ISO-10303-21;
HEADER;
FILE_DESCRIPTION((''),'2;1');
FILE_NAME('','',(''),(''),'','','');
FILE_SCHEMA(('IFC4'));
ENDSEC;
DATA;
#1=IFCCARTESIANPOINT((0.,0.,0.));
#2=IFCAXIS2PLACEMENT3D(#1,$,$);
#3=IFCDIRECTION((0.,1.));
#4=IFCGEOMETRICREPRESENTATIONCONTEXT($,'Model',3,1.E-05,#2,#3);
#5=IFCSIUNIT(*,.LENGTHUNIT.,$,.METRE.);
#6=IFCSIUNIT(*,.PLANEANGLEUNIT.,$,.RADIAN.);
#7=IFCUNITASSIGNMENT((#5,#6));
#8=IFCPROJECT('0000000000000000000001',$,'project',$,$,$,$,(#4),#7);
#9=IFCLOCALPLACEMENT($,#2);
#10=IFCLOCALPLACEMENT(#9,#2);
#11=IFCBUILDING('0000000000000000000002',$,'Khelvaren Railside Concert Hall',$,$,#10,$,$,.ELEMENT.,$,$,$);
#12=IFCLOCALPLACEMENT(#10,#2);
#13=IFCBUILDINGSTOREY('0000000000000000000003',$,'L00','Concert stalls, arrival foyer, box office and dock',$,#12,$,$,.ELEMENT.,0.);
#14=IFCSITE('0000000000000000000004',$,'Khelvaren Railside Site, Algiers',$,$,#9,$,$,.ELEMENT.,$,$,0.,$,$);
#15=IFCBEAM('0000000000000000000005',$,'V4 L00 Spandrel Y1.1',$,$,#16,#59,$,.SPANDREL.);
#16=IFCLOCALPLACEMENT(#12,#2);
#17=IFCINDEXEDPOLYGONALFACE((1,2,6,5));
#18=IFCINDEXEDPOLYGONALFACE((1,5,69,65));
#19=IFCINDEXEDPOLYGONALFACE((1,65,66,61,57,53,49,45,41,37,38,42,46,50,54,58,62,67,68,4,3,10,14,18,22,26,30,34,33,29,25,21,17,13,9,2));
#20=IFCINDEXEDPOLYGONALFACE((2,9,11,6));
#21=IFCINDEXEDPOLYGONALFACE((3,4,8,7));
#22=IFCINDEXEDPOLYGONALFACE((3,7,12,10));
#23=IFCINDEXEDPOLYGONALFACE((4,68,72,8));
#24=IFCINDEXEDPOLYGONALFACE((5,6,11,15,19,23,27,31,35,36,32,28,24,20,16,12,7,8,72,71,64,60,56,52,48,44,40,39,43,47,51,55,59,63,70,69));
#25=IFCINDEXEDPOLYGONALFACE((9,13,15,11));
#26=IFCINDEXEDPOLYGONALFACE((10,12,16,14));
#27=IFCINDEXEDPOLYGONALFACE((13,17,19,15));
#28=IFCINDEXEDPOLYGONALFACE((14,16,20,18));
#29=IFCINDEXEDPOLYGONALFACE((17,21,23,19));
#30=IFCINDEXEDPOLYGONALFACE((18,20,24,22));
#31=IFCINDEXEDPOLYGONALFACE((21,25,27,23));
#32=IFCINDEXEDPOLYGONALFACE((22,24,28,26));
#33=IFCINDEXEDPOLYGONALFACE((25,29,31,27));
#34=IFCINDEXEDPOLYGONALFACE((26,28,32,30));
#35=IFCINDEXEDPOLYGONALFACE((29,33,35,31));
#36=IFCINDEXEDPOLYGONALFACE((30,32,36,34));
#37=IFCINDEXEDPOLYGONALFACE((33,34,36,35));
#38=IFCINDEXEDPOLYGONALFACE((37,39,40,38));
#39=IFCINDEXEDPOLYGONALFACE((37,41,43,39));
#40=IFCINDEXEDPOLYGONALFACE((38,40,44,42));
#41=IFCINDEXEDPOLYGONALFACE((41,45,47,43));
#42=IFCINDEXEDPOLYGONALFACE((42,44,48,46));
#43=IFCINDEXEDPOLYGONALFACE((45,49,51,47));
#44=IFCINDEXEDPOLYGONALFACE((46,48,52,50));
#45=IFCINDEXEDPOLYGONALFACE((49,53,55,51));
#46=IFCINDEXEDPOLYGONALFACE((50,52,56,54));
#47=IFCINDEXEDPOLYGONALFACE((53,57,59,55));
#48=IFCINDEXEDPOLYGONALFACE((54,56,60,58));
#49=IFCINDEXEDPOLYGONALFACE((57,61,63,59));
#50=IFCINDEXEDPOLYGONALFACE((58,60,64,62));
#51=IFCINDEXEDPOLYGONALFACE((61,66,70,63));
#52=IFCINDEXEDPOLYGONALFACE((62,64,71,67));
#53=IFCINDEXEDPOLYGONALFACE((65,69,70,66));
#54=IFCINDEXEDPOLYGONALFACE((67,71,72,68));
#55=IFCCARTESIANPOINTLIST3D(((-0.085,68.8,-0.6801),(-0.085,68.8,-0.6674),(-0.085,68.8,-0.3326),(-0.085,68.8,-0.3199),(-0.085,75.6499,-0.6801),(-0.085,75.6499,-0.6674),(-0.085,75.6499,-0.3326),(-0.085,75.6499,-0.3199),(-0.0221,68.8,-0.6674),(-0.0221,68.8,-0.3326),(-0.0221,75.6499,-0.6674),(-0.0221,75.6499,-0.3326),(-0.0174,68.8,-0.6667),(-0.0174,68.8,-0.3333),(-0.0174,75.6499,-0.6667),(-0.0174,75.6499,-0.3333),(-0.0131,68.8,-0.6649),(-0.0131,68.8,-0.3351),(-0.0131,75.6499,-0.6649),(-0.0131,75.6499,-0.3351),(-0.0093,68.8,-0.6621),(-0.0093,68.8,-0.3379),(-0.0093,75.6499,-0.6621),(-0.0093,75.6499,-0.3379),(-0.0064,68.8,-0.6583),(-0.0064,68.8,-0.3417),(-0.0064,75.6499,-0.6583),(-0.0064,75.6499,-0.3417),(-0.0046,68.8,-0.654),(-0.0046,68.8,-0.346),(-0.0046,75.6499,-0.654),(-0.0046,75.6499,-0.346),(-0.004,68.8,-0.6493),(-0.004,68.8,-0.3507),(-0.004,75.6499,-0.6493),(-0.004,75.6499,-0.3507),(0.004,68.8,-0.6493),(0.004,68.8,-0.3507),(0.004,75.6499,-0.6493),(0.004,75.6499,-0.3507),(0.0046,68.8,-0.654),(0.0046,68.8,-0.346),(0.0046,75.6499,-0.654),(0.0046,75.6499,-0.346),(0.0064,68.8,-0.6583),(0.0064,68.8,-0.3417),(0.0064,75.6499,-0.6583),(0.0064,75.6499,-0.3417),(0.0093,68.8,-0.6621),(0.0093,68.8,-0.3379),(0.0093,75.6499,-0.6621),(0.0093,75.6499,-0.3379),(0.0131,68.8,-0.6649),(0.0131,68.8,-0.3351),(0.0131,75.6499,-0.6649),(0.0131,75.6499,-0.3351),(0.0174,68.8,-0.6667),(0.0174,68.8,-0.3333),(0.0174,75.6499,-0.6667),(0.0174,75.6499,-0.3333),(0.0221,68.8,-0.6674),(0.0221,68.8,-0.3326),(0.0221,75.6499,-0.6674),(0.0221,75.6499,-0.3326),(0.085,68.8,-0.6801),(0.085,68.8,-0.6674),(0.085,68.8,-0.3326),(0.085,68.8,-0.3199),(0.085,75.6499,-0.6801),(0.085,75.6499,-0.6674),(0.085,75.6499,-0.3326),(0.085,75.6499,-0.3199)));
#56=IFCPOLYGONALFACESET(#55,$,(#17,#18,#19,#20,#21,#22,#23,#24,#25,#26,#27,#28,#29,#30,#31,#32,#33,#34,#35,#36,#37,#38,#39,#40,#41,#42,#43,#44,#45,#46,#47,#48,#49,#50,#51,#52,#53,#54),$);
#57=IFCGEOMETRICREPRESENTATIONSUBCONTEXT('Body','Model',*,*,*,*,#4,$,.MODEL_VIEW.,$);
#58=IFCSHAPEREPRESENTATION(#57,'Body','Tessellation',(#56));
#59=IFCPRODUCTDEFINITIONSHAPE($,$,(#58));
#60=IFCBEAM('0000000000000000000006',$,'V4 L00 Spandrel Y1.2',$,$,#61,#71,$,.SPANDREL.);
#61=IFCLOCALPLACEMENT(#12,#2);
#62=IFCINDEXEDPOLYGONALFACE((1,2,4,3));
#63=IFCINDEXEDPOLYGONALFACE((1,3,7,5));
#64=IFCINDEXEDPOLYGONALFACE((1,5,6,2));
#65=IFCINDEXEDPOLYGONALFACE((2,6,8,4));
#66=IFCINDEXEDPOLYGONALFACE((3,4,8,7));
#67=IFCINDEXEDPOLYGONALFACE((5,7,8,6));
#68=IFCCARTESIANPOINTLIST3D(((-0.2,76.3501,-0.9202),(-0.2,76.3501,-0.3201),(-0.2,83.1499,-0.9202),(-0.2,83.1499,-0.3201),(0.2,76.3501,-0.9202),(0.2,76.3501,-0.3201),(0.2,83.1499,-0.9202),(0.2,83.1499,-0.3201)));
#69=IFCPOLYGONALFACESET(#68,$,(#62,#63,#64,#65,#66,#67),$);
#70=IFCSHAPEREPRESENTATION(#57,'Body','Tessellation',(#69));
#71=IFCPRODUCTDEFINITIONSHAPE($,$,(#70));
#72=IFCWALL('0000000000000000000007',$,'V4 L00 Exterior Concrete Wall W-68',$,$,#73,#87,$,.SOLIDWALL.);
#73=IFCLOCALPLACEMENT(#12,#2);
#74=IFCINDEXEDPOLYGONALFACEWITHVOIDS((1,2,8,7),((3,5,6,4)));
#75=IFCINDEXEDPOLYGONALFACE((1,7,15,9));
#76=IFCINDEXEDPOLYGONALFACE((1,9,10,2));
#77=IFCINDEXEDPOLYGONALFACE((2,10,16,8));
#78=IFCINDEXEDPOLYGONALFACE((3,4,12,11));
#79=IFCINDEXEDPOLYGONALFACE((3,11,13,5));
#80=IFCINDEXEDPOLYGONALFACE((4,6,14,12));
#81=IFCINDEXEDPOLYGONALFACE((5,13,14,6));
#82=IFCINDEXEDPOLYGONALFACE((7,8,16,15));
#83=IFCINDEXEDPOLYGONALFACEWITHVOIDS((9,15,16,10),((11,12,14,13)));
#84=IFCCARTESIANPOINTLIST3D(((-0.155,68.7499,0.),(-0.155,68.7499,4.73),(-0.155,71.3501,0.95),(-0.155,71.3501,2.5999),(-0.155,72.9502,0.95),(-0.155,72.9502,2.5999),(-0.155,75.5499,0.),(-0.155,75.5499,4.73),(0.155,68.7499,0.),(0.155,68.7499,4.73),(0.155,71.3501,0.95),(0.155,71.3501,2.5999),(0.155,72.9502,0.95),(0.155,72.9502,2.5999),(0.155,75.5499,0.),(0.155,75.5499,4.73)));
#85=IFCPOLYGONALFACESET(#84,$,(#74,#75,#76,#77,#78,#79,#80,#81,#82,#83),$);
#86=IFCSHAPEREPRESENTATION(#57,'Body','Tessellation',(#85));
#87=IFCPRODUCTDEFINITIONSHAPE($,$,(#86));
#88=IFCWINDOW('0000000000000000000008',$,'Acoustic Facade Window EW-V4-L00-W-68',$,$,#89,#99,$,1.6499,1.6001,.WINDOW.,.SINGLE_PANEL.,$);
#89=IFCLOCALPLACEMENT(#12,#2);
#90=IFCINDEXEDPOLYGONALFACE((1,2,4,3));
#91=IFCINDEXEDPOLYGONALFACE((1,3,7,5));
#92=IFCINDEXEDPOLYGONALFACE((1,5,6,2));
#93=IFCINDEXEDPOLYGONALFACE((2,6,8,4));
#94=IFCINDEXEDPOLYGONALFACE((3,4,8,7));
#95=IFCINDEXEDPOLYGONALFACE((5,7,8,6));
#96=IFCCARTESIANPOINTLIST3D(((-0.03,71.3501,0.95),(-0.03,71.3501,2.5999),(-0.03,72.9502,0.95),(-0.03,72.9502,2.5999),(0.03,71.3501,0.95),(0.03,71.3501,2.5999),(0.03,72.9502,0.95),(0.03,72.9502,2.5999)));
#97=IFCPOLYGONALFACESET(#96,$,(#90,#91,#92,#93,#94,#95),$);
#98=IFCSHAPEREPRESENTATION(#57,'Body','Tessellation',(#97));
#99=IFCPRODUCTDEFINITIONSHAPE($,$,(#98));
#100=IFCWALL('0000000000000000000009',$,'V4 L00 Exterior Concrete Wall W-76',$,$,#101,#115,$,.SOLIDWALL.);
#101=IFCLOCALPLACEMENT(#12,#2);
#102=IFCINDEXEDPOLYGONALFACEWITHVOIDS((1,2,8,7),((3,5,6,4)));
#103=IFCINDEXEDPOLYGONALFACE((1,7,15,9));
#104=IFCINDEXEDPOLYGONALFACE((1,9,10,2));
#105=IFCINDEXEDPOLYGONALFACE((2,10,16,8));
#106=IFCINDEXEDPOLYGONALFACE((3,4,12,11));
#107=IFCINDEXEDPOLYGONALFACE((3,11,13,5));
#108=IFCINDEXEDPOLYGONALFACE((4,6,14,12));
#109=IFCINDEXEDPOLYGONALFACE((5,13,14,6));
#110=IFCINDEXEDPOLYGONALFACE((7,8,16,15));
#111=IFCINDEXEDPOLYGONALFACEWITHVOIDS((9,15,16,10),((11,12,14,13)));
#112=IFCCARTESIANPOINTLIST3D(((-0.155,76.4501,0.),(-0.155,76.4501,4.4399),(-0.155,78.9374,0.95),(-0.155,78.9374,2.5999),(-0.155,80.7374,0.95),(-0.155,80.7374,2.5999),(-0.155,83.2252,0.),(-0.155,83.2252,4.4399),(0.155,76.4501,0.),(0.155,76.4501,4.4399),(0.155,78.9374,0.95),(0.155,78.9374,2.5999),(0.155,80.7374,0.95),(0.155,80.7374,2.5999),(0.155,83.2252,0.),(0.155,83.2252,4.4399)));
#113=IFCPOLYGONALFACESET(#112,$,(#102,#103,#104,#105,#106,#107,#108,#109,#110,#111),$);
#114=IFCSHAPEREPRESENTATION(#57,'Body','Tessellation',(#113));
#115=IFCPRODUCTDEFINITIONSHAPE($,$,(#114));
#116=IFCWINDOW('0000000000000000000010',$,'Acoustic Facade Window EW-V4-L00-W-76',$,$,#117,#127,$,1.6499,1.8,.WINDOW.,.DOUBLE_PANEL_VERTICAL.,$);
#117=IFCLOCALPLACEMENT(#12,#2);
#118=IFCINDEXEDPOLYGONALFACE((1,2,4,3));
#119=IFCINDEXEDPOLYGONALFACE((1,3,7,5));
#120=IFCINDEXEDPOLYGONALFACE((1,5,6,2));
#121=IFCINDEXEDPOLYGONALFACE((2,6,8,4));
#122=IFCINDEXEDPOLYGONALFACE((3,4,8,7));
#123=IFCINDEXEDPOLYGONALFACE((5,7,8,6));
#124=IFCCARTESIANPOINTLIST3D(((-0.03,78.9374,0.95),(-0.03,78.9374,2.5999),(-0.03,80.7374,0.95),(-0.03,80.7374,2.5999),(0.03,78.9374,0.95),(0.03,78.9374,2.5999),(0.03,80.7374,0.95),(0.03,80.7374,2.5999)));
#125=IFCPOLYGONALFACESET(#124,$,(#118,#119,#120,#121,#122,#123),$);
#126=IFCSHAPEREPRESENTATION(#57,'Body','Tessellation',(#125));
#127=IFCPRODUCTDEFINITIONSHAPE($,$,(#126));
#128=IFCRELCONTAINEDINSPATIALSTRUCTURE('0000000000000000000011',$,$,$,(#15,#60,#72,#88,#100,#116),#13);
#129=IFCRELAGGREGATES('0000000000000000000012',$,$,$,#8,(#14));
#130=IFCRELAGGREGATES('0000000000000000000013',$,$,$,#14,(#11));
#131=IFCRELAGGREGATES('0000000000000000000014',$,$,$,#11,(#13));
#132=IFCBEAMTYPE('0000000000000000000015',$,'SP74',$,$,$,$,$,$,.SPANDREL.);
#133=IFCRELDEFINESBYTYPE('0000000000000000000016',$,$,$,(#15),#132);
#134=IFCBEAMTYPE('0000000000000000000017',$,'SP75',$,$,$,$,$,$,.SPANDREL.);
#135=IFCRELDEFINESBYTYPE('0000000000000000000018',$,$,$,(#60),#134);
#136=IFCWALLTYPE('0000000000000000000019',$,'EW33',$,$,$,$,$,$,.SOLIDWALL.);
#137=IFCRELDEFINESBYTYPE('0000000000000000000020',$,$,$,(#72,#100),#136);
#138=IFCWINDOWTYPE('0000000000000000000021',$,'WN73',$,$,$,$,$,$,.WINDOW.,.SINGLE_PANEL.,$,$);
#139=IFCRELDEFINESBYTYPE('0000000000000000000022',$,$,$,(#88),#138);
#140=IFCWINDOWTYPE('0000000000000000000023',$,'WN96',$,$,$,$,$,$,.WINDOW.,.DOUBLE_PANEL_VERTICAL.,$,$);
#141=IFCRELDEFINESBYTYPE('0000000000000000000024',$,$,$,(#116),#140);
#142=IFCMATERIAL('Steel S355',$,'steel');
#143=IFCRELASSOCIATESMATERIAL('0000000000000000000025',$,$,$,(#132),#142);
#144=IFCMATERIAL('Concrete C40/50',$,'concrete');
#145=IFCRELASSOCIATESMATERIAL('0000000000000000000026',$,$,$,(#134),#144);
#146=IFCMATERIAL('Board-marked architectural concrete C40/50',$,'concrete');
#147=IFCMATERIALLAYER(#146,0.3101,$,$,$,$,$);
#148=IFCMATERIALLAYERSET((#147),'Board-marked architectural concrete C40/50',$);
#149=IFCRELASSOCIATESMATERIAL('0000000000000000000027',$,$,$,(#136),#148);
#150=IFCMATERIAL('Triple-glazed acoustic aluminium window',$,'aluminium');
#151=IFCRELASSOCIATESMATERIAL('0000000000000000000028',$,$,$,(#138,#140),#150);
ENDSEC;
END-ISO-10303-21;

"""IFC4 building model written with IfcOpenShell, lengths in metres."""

from ifc_helpers import new_model, si_unit, direction, frame, frame_2d, origin, origin_2d, place, context, subcontext, project, spatial, rectangle, i_section, extrude, material, layer, layer_set, material_profile, profile_set, type_object, element, fill, save


model = new_model("IFC4")

# Units and contexts
model_context = context("Model", 3, precision=1e-05, world=origin(), true_north=direction((0.0, 1.0)))
body_context = subcontext(model_context, "Body", "Model", "MODEL_VIEW")
ifc_project = project(units=[si_unit("LENGTHUNIT", "METRE"), si_unit("PLANEANGLEUNIT", "RADIAN")], contexts=[model_context])

# Site, building, storey
site_placement = place(None, origin())
site = spatial("IfcSite", under=ifc_project, at=site_placement, Name="Khelvaren Railside Site, Algiers", CompositionType="ELEMENT", RefElevation=0.0)
building_placement = place(site_placement, origin())
building = spatial("IfcBuilding", under=site, at=building_placement, Name="Khelvaren Railside Concert Hall", CompositionType="ELEMENT")
storey_placement = place(building_placement, origin())
storey = spatial("IfcBuildingStorey", under=building, at=storey_placement, Name="L00", Description="Concert stalls, arrival foyer, box office and dock", CompositionType="ELEMENT", Elevation=0.0)

# Beams
ifc_material_1 = material(Name="Steel S355", Category="steel")
ifc_material_profile_1 = material_profile(ifc_material_1, i_section(OverallWidth=0.1699, OverallDepth=0.3601, WebThickness=0.0081, FlangeThickness=0.0127, FilletRadius=0.0181, at=origin_2d()), Name="IPE 360")
ifc_profile_set_1 = profile_set([ifc_material_profile_1], Name="Steel S355")
beam_type_1 = type_object("IfcBeamType", Name="SP74", PredefinedType="SPANDREL", material=ifc_profile_set_1)
beam_1_placement = place(storey_placement, frame((0.0, 68.8, -0.5), z_axis=(0.0, 1.0, 0.0), x_axis=(-1.0, 0.0, 0.0)))
element("IfcBeam", 1, at=beam_1_placement, inside=storey, type_object=beam_type_1, Name="V4 L00 Spandrel Y1.1", PredefinedType="SPANDREL", context=body_context, shape_type="SweptSolid", body=[
    extrude(i_section(OverallWidth=0.1699, OverallDepth=0.3601, WebThickness=0.0081, FlangeThickness=0.0127, FilletRadius=0.0181, at=origin_2d()), origin(), (0.0, 0.0, 1.0), 6.8499),
])
ifc_material_2 = material(Name="Concrete C40/50", Category="concrete")
ifc_material_profile_2 = material_profile(ifc_material_2, rectangle(XDim=0.3999, YDim=0.6001, at=origin_2d()), Name="RCB 400x600")
ifc_profile_set_2 = profile_set([ifc_material_profile_2], Name="Concrete C40/50")
beam_type_2 = type_object("IfcBeamType", Name="SP75", PredefinedType="SPANDREL", material=ifc_profile_set_2)
beam_2_placement = place(storey_placement, frame((0.0, 76.3501, -0.6201), z_axis=(0.0, 1.0, 0.0), x_axis=(-1.0, 0.0, 0.0)))
element("IfcBeam", 2, at=beam_2_placement, inside=storey, type_object=beam_type_2, Name="V4 L00 Spandrel Y1.2", PredefinedType="SPANDREL", context=body_context, shape_type="SweptSolid", body=[
    extrude(rectangle(XDim=0.3999, YDim=0.6001, at=origin_2d()), origin(), (0.0, 0.0, 1.0), 6.7998),
])

# Walls, openings, windows
ifc_material_3 = material(Name="Board-marked architectural concrete C40/50", Category="concrete")
ifc_layer_1 = layer(ifc_material_3, 0.3101)
ifc_layer_set_1 = layer_set([ifc_layer_1], Name="Board-marked architectural concrete C40/50")
wall_type_1 = type_object("IfcWallType", Name="EW33", PredefinedType="SOLIDWALL", material=ifc_layer_set_1)
wall_1_placement = place(storey_placement, frame((0.0, 68.75, 0.0), z_axis=(0.0, 0.0, 1.0), x_axis=(0.0, 1.0, 0.0)))
wall_1 = element("IfcWall", 3, at=wall_1_placement, inside=storey, type_object=wall_type_1, Name="V4 L00 Exterior Concrete Wall W-68", PredefinedType="SOLIDWALL", context=body_context, shape_type="SweptSolid", body=[
    extrude(rectangle(XDim=6.8, YDim=0.3101, at=frame_2d((3.3999, 0.0))), origin(), (0.0, 0.0, 1.0), 4.73),
])
opening_1_placement = place(wall_1_placement, frame((2.6001, 0.0, 0.95)))
opening_1 = element("IfcOpeningElement", 4, at=opening_1_placement, cuts=wall_1, PredefinedType="OPENING", context=body_context, shape_type="SweptSolid", body=[
    extrude(rectangle(XDim=1.6001, YDim=1.6499, at=frame_2d((0.8, 0.825))), frame((0.0, 0.165, 0.0), z_axis=(0.0, -1.0, 0.0), x_axis=(1.0, 0.0, 0.0)), (0.0, 0.0, 1.0), 0.3301),
])
ifc_material_4 = material(Name="Triple-glazed acoustic aluminium window", Category="aluminium")
window_type_1 = type_object("IfcWindowType", Name="WN73", PartitioningType="SINGLE_PANEL", PredefinedType="WINDOW", material=ifc_material_4)
window_1_placement = place(opening_1_placement, origin())
window_1 = element("IfcWindow", 5, at=window_1_placement, inside=storey, type_object=window_type_1, Name="Acoustic Facade Window EW-V4-L00-W-68", OverallHeight=1.6499, OverallWidth=1.6001, PartitioningType="SINGLE_PANEL", PredefinedType="WINDOW", context=body_context, shape_type="SweptSolid", body=[
    extrude(rectangle(XDim=1.6001, YDim=1.6499, at=frame_2d((0.8, 0.825))), frame((0.0, 0.03, 0.0), z_axis=(0.0, -1.0, 0.0), x_axis=(1.0, 0.0, 0.0)), (0.0, 0.0, 1.0), 0.0601),
])
fill(opening_1, window_1)
wall_2_placement = place(storey_placement, frame((0.0, 76.45, 0.0), z_axis=(0.0, 0.0, 1.0), x_axis=(0.0, 1.0, 0.0)))
wall_2 = element("IfcWall", 6, at=wall_2_placement, inside=storey, type_object=wall_type_1, Name="V4 L00 Exterior Concrete Wall W-76", PredefinedType="SOLIDWALL", context=body_context, shape_type="SweptSolid", body=[
    extrude(rectangle(XDim=6.7751, YDim=0.3101, at=frame_2d((3.3877, 0.0))), origin(), (0.0, 0.0, 1.0), 4.4399),
])
opening_2_placement = place(wall_2_placement, frame((2.4875, 0.0, 0.95)))
opening_2 = element("IfcOpeningElement", 7, at=opening_2_placement, cuts=wall_2, PredefinedType="OPENING", context=body_context, shape_type="SweptSolid", body=[
    extrude(rectangle(XDim=1.8, YDim=1.6499, at=frame_2d((0.8999, 0.825))), frame((0.0, 0.165, 0.0), z_axis=(0.0, -1.0, 0.0), x_axis=(1.0, 0.0, 0.0)), (0.0, 0.0, 1.0), 0.3301),
])
window_type_2 = type_object("IfcWindowType", Name="WN96", PartitioningType="DOUBLE_PANEL_VERTICAL", PredefinedType="WINDOW", material=ifc_material_4)
window_2_placement = place(opening_2_placement, origin())
window_2 = element("IfcWindow", 8, at=window_2_placement, inside=storey, type_object=window_type_2, Name="Acoustic Facade Window EW-V4-L00-W-76", OverallHeight=1.6499, OverallWidth=1.8, PartitioningType="DOUBLE_PANEL_VERTICAL", PredefinedType="WINDOW", context=body_context, shape_type="SweptSolid", body=[
    extrude(rectangle(XDim=1.8, YDim=1.6499, at=frame_2d((0.8999, 0.825))), frame((0.0, 0.03, 0.0), z_axis=(0.0, -1.0, 0.0), x_axis=(1.0, 0.0, 0.0)), (0.0, 0.0, 1.0), 0.0601),
])
fill(opening_2, window_2)

save(model, "model.ifc")
